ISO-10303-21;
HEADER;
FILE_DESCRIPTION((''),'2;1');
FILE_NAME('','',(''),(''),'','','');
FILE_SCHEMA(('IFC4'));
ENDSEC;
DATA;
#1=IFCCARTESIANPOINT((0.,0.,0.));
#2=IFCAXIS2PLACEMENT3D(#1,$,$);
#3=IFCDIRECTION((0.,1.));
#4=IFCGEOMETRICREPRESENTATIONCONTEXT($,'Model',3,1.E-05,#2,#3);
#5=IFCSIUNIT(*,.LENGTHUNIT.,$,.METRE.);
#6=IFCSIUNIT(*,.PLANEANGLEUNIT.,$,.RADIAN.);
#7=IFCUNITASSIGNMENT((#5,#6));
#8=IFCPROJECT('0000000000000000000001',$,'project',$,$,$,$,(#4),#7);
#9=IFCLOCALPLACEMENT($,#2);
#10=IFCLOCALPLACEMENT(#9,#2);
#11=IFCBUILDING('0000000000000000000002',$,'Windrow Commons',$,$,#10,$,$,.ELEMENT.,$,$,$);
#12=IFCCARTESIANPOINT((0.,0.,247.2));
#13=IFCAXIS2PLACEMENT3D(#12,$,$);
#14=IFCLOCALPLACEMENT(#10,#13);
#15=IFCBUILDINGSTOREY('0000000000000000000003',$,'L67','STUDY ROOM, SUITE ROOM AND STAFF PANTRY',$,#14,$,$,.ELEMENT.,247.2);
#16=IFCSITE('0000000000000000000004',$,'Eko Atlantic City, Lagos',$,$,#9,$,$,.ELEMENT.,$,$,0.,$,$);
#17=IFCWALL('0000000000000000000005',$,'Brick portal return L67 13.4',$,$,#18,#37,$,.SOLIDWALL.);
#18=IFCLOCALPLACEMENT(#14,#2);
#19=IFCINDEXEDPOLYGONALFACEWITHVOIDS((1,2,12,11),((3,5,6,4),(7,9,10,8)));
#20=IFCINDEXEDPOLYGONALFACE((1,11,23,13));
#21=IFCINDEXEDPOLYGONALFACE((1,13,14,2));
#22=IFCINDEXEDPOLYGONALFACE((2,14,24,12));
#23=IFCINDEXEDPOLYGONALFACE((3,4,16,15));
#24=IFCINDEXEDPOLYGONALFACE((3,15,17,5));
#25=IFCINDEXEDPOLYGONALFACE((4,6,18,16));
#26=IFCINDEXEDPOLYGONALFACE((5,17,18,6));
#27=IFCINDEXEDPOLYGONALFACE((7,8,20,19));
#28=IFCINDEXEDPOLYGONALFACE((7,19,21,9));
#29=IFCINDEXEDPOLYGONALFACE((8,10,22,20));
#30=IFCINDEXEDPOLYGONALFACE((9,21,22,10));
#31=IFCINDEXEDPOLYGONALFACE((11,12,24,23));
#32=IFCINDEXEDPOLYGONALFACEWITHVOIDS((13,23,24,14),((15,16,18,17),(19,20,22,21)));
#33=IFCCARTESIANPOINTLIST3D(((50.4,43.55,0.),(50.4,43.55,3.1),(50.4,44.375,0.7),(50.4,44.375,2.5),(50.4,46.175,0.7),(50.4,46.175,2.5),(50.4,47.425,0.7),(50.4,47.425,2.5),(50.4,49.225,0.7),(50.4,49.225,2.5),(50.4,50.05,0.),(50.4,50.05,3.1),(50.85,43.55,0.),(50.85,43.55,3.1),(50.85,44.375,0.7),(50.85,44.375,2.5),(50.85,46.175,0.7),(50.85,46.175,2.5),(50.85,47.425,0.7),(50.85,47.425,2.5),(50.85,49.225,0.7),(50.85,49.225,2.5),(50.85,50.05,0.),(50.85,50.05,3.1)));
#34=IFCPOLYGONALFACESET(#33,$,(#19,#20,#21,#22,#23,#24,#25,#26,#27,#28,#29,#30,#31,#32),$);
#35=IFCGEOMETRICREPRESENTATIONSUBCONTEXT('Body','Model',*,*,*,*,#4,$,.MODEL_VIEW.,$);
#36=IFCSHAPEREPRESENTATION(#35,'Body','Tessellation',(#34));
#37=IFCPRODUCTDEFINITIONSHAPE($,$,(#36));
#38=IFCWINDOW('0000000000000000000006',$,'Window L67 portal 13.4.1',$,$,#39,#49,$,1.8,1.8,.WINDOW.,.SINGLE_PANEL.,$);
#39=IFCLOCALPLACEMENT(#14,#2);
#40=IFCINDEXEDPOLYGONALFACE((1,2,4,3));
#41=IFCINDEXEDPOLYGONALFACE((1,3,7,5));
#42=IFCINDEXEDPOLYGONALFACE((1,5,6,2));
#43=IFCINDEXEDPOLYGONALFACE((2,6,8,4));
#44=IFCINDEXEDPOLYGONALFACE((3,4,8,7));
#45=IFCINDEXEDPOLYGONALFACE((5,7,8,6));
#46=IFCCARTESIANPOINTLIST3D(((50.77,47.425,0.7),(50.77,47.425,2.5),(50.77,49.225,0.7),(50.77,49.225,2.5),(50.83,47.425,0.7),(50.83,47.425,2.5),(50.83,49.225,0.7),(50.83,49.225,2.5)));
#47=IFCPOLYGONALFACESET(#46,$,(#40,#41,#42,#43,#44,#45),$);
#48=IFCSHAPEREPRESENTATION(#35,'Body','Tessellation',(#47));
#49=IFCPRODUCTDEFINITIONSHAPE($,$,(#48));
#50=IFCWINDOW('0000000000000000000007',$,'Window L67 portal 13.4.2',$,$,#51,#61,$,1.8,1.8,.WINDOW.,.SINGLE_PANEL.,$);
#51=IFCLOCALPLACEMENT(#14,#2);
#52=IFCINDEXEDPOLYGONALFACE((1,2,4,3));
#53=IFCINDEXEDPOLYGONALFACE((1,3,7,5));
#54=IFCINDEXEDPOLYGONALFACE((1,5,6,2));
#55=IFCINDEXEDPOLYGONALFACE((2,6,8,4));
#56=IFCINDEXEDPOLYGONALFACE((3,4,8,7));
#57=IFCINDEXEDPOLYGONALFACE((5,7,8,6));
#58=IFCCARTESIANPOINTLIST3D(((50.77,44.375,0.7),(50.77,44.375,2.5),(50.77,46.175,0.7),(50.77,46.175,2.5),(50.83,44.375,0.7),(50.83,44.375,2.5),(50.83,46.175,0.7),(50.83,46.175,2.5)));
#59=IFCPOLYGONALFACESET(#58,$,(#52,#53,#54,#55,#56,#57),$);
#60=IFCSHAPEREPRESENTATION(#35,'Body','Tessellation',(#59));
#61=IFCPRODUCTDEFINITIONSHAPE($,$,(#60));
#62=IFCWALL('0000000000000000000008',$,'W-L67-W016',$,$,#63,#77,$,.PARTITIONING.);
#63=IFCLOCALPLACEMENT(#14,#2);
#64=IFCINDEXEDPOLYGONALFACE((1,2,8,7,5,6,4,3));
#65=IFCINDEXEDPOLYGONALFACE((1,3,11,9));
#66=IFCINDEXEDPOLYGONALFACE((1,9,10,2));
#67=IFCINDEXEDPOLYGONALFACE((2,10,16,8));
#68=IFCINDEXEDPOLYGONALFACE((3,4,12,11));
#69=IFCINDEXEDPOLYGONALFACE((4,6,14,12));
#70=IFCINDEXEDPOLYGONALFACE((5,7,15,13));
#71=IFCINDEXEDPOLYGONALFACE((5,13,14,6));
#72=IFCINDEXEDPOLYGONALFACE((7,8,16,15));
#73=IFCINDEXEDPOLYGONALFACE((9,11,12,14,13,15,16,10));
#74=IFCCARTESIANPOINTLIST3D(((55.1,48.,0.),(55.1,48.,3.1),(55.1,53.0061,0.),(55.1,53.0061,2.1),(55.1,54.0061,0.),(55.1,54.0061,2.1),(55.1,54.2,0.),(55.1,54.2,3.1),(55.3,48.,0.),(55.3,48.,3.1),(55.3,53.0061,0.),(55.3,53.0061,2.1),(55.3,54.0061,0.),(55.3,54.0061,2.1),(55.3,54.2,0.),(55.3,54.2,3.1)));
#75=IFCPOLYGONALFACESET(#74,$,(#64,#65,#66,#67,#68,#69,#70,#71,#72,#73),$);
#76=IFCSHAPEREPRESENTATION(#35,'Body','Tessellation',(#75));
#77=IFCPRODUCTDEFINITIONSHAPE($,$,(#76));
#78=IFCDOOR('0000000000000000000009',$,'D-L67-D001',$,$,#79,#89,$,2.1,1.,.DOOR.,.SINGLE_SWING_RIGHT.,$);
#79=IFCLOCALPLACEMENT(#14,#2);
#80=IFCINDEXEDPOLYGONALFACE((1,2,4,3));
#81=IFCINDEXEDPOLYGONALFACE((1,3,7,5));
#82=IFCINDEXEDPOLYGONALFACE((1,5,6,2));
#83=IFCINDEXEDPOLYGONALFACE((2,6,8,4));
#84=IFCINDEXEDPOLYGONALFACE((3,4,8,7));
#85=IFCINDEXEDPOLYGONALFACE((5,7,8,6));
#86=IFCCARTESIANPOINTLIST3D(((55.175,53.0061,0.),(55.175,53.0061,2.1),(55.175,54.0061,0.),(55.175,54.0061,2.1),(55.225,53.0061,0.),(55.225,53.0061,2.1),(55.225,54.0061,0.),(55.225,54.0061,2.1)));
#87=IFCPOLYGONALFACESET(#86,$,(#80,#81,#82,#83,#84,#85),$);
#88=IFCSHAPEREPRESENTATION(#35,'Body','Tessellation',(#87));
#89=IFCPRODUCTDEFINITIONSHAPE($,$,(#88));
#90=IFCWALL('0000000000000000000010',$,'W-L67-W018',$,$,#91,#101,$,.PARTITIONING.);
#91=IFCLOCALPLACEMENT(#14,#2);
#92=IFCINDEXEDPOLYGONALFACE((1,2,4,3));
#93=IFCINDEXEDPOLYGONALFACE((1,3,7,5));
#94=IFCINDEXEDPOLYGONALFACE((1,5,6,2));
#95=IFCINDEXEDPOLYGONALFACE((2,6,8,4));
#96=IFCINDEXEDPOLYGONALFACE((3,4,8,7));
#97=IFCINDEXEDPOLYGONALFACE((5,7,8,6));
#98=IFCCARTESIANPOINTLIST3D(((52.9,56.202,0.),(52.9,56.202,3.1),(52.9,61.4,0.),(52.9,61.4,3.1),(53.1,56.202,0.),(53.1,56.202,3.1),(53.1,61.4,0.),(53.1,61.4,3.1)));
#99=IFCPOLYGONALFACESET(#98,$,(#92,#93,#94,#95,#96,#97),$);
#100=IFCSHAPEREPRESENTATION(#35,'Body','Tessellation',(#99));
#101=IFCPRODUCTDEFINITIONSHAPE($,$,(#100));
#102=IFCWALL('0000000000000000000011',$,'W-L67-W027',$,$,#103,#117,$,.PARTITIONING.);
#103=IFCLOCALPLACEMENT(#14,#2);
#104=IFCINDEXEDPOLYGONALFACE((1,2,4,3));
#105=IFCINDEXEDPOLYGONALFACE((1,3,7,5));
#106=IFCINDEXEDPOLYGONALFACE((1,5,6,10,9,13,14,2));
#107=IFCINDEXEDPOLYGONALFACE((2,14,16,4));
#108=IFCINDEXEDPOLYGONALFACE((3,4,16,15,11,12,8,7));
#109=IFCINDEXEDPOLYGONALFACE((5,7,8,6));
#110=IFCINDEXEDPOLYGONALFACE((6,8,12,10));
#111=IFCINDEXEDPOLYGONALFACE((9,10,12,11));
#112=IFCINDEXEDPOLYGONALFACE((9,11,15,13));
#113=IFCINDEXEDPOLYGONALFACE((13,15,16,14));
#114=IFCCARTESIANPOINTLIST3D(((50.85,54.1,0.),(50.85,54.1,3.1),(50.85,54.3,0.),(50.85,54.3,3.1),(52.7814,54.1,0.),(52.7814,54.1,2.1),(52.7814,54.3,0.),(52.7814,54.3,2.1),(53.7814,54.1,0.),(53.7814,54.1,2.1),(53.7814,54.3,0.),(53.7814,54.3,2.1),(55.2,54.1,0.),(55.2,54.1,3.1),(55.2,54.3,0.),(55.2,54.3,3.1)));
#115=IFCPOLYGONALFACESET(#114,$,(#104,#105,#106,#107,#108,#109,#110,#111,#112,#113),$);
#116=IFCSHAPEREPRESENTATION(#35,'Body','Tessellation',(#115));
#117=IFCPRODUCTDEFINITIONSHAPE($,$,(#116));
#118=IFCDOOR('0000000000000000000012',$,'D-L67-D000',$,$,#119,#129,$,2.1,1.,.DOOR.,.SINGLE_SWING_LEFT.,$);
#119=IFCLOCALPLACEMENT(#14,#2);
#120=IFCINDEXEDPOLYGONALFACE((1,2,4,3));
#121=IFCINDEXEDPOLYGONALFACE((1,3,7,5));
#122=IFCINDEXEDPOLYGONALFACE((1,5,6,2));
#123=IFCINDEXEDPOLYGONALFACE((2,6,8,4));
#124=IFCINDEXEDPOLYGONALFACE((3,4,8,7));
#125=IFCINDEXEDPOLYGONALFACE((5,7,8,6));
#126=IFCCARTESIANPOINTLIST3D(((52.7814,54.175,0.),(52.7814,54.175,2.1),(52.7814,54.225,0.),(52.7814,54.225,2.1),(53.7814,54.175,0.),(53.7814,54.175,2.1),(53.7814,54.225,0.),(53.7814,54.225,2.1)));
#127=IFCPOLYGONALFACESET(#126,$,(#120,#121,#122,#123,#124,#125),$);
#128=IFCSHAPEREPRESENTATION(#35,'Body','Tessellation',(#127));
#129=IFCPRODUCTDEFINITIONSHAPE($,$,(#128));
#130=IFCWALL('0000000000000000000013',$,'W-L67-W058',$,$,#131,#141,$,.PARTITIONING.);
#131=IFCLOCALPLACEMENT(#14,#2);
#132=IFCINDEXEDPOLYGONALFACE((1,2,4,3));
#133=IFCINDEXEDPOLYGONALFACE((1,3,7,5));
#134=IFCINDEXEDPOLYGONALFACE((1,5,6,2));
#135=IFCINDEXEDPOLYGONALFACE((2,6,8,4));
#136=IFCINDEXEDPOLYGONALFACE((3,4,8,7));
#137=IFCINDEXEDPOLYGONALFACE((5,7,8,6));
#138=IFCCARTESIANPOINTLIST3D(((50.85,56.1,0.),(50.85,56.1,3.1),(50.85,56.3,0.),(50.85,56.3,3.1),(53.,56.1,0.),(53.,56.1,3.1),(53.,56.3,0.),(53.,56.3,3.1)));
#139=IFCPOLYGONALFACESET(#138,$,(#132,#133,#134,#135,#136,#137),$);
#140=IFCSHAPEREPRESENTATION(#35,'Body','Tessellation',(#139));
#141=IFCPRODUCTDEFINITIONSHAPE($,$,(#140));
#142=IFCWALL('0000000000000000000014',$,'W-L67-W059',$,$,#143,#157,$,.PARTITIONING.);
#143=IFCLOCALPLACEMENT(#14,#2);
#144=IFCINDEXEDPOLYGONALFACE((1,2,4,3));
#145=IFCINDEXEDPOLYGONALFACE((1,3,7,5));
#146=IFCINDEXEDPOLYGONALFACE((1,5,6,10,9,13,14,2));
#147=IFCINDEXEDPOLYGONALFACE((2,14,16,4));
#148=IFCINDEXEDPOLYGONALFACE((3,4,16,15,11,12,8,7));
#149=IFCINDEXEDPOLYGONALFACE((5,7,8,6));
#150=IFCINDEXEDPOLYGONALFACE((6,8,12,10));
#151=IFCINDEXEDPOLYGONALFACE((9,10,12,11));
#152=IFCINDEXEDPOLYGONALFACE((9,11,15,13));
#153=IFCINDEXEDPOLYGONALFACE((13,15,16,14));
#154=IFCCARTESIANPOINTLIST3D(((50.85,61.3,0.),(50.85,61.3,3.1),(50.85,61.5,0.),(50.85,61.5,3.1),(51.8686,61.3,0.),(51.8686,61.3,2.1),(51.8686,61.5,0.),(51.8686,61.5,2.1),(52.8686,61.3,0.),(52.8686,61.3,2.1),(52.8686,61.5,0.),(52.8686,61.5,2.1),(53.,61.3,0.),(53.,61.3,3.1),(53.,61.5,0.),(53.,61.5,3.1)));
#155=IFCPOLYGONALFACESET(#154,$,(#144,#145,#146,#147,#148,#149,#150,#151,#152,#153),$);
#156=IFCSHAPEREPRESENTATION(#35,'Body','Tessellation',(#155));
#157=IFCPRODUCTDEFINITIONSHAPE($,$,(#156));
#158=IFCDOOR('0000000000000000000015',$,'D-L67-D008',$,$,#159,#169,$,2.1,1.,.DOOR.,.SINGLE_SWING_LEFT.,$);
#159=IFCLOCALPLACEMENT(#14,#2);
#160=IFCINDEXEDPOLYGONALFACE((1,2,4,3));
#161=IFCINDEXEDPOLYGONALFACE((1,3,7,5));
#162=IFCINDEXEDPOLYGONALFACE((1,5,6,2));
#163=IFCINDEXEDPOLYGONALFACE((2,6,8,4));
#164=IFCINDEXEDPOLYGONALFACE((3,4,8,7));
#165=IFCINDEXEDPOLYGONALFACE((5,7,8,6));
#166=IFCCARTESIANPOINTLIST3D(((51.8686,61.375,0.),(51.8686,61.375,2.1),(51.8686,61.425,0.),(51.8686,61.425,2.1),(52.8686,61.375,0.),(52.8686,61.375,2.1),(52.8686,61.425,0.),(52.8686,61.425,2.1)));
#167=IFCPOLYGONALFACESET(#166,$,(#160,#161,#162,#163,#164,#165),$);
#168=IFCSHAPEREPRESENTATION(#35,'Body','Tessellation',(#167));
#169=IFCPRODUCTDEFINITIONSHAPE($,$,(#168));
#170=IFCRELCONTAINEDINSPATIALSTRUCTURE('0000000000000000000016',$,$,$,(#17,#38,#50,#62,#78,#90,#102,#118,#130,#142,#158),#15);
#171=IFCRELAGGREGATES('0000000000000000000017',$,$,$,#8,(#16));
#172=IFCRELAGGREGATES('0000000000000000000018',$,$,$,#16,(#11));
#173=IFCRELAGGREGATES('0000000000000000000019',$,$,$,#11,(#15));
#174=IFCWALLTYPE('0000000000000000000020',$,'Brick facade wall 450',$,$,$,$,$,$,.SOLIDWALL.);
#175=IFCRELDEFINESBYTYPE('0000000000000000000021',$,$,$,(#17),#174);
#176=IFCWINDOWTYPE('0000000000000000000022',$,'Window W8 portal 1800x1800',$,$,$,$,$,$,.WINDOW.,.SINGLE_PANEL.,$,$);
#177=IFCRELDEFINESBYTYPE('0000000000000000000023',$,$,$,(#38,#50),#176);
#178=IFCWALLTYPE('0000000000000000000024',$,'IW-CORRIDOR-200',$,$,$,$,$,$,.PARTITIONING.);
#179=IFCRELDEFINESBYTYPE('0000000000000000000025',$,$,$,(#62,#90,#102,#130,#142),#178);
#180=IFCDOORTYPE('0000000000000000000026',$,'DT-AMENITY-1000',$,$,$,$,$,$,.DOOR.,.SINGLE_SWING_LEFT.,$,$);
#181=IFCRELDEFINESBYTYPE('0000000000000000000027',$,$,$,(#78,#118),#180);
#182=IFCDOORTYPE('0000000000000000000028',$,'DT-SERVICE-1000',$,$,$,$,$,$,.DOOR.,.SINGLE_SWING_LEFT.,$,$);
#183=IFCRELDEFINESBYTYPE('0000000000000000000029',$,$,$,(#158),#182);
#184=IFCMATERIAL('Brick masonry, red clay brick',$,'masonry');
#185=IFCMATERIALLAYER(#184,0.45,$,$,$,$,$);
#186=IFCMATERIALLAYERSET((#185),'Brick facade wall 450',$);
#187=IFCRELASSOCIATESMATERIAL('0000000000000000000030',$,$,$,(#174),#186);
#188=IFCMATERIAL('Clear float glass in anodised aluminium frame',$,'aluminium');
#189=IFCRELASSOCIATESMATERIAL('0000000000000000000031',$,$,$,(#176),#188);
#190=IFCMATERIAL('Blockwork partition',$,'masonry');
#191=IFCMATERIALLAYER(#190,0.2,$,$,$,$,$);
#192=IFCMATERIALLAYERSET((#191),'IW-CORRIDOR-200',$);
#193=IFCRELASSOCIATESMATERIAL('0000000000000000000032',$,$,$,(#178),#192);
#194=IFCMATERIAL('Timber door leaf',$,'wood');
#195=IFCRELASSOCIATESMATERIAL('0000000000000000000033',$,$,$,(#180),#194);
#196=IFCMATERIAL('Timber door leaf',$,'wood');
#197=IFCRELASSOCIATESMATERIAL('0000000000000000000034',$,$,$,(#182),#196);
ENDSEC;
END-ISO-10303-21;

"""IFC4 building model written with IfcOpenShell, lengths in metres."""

from ifc_helpers import new_model, si_unit, direction, frame, frame_2d, origin, place, context, subcontext, project, spatial, rectangle, extrude, material, layer, layer_set, type_object, element, fill, save


model = new_model("IFC4")

# Units and contexts
model_context = context("Model", 3, precision=1e-05, world=origin(), true_north=direction((0.0, 1.0)))
body_context = subcontext(model_context, "Body", "Model", "MODEL_VIEW")
ifc_project = project(units=[si_unit("LENGTHUNIT", "METRE"), si_unit("PLANEANGLEUNIT", "RADIAN")], contexts=[model_context])

# Site, building, storey
site_placement = place(None, origin())
site = spatial("IfcSite", under=ifc_project, at=site_placement, Name="Eko Atlantic City, Lagos", CompositionType="ELEMENT", RefElevation=0.0)
building_placement = place(site_placement, origin())
building = spatial("IfcBuilding", under=site, at=building_placement, Name="Windrow Commons", CompositionType="ELEMENT")
storey_placement = place(building_placement, frame((0.0, 0.0, 247.2)))
storey = spatial("IfcBuildingStorey", under=building, at=storey_placement, Name="L67", Description="STUDY ROOM, SUITE ROOM AND STAFF PANTRY", CompositionType="ELEMENT", Elevation=247.2)

# Shared definitions
ifc_material_1 = material(Name="Brick masonry, red clay brick", Category="masonry")
ifc_layer_1 = layer(ifc_material_1, 0.45)
ifc_layer_set_1 = layer_set([ifc_layer_1], Name="Brick facade wall 450")
wall_type_1 = type_object("IfcWallType", Name="Brick facade wall 450", PredefinedType="SOLIDWALL", material=ifc_layer_set_1)
ifc_material_2 = material(Name="Clear float glass in anodised aluminium frame", Category="aluminium")
window_type = type_object("IfcWindowType", Name="Window W8 portal 1800x1800", PartitioningType="SINGLE_PANEL", PredefinedType="WINDOW", material=ifc_material_2)

# Wall, openings, windows
wall_1_placement = place(storey_placement, frame((50.625, 50.05, 0.0), z_axis=(0.0, 0.0, 1.0), x_axis=(0.0, -1.0, 0.0)))
wall_1 = element("IfcWall", 1, at=wall_1_placement, inside=storey, type_object=wall_type_1, Name="Brick portal return L67 13.4", PredefinedType="SOLIDWALL", context=body_context, shape_type="SweptSolid", body=[
    extrude(rectangle(XDim=6.5, YDim=0.45, at=frame_2d((3.25, 0.0))), origin(), (0.0, 0.0, 1.0), 3.1),
])
opening_1_placement = place(wall_1_placement, frame((0.825, 0.0, 0.7)))
opening_1 = element("IfcOpeningElement", 2, at=opening_1_placement, cuts=wall_1, PredefinedType="OPENING", context=body_context, shape_type="SweptSolid", body=[
    extrude(rectangle(XDim=1.8, YDim=1.8, at=frame_2d((0.9, 0.9))), frame((0.0, 0.235, 0.0), z_axis=(0.0, -1.0, 0.0), x_axis=(1.0, 0.0, 0.0)), (0.0, 0.0, 1.0), 0.47),
])
opening_2_placement = place(wall_1_placement, frame((3.875, 0.0, 0.7)))
opening_2 = element("IfcOpeningElement", 3, at=opening_2_placement, cuts=wall_1, PredefinedType="OPENING", context=body_context, shape_type="SweptSolid", body=[
    extrude(rectangle(XDim=1.8, YDim=1.8, at=frame_2d((0.9, 0.9))), frame((0.0, 0.235, 0.0), z_axis=(0.0, -1.0, 0.0), x_axis=(1.0, 0.0, 0.0)), (0.0, 0.0, 1.0), 0.47),
])
window_1_placement = place(opening_1_placement, origin())
window_1 = element("IfcWindow", 4, at=window_1_placement, inside=storey, type_object=window_type, Name="Window L67 portal 13.4.1", OverallHeight=1.8, OverallWidth=1.8, PartitioningType="SINGLE_PANEL", PredefinedType="WINDOW", context=body_context, shape_type="SweptSolid", body=[
    extrude(rectangle(XDim=1.8, YDim=1.8, at=frame_2d((0.9, 0.9))), frame((0.0, 0.205, 0.0), z_axis=(0.0, -1.0, 0.0), x_axis=(1.0, 0.0, 0.0)), (0.0, 0.0, 1.0), 0.06),
])
fill(opening_1, window_1)
window_2_placement = place(opening_2_placement, origin())
window_2 = element("IfcWindow", 5, at=window_2_placement, inside=storey, type_object=window_type, Name="Window L67 portal 13.4.2", OverallHeight=1.8, OverallWidth=1.8, PartitioningType="SINGLE_PANEL", PredefinedType="WINDOW", context=body_context, shape_type="SweptSolid", body=[
    extrude(rectangle(XDim=1.8, YDim=1.8, at=frame_2d((0.9, 0.9))), frame((0.0, 0.205, 0.0), z_axis=(0.0, -1.0, 0.0), x_axis=(1.0, 0.0, 0.0)), (0.0, 0.0, 1.0), 0.06),
])
fill(opening_2, window_2)

# Wall, opening, door
ifc_material_3 = material(Name="Blockwork partition", Category="masonry")
ifc_layer_2 = layer(ifc_material_3, 0.2)
ifc_layer_set_2 = layer_set([ifc_layer_2], Name="IW-CORRIDOR-200")
wall_type_2 = type_object("IfcWallType", Name="IW-CORRIDOR-200", PredefinedType="PARTITIONING", material=ifc_layer_set_2)
wall_2_placement = place(storey_placement, frame((55.2, 48.0, 0.0), z_axis=(0.0, 0.0, 1.0), x_axis=(0.0, 1.0, 0.0)))
wall_2 = element("IfcWall", 6, at=wall_2_placement, inside=storey, type_object=wall_type_2, Name="W-L67-W016", PredefinedType="PARTITIONING", context=body_context, shape_type="SweptSolid", body=[
    extrude(rectangle(XDim=6.2, YDim=0.2, at=frame_2d((3.1, 0.0))), origin(), (0.0, 0.0, 1.0), 3.1),
])
opening_3_placement = place(wall_2_placement, frame((5.0061, 0.0, 0.0)))
opening_3 = element("IfcOpeningElement", 7, at=opening_3_placement, cuts=wall_2, PredefinedType="OPENING", context=body_context, shape_type="SweptSolid", body=[
    extrude(rectangle(XDim=1.0, YDim=2.1, at=frame_2d((0.5, 1.05))), frame((0.0, 0.11, 0.0), z_axis=(0.0, -1.0, 0.0), x_axis=(1.0, 0.0, 0.0)), (0.0, 0.0, 1.0), 0.22),
])
ifc_material_4 = material(Name="Timber door leaf", Category="wood")
door_type_1 = type_object("IfcDoorType", Name="DT-AMENITY-1000", OperationType="SINGLE_SWING_LEFT", PredefinedType="DOOR", material=ifc_material_4)
door_1_placement = place(opening_3_placement, origin())
door_1 = element("IfcDoor", 8, at=door_1_placement, inside=storey, type_object=door_type_1, Name="D-L67-D001", OperationType="SINGLE_SWING_RIGHT", OverallHeight=2.1, OverallWidth=1.0, PredefinedType="DOOR", context=body_context, shape_type="SweptSolid", body=[
    extrude(rectangle(XDim=1.0, YDim=2.1, at=frame_2d((0.5, 1.05))), frame((0.0, 0.025, 0.0), z_axis=(0.0, -1.0, 0.0), x_axis=(1.0, 0.0, 0.0)), (0.0, 0.0, 1.0), 0.05),
])
fill(opening_3, door_1)

# Wall
wall_3_placement = place(storey_placement, frame((53.0, 56.202, 0.0), z_axis=(0.0, 0.0, 1.0), x_axis=(0.0, 1.0, 0.0)))
element("IfcWall", 9, at=wall_3_placement, inside=storey, type_object=wall_type_2, Name="W-L67-W018", PredefinedType="PARTITIONING", context=body_context, shape_type="SweptSolid", body=[
    extrude(rectangle(XDim=5.198, YDim=0.2, at=frame_2d((2.599, 0.0))), origin(), (0.0, 0.0, 1.0), 3.1),
])

# Wall, opening, door
wall_4_placement = place(storey_placement, frame((50.85, 54.2, 0.0), z_axis=(0.0, 0.0, 1.0), x_axis=(1.0, 0.0, 0.0)))
wall_4 = element("IfcWall", 10, at=wall_4_placement, inside=storey, type_object=wall_type_2, Name="W-L67-W027", PredefinedType="PARTITIONING", context=body_context, shape_type="SweptSolid", body=[
    extrude(rectangle(XDim=4.35, YDim=0.2, at=frame_2d((2.175, 0.0))), origin(), (0.0, 0.0, 1.0), 3.1),
])
opening_4_placement = place(wall_4_placement, frame((1.9314, 0.0, 0.0)))
opening_4 = element("IfcOpeningElement", 11, at=opening_4_placement, cuts=wall_4, PredefinedType="OPENING", context=body_context, shape_type="SweptSolid", body=[
    extrude(rectangle(XDim=1.0, YDim=2.1, at=frame_2d((0.5, 1.05))), frame((0.0, 0.11, 0.0), z_axis=(0.0, -1.0, 0.0), x_axis=(1.0, 0.0, 0.0)), (0.0, 0.0, 1.0), 0.22),
])
door_2_placement = place(opening_4_placement, origin())
door_2 = element("IfcDoor", 12, at=door_2_placement, inside=storey, type_object=door_type_1, Name="D-L67-D000", OperationType="SINGLE_SWING_LEFT", OverallHeight=2.1, OverallWidth=1.0, PredefinedType="DOOR", context=body_context, shape_type="SweptSolid", body=[
    extrude(rectangle(XDim=1.0, YDim=2.1, at=frame_2d((0.5, 1.05))), frame((0.0, 0.025, 0.0), z_axis=(0.0, -1.0, 0.0), x_axis=(1.0, 0.0, 0.0)), (0.0, 0.0, 1.0), 0.05),
])
fill(opening_4, door_2)

# Wall
wall_5_placement = place(storey_placement, frame((50.85, 56.2, 0.0), z_axis=(0.0, 0.0, 1.0), x_axis=(1.0, 0.0, 0.0)))
element("IfcWall", 13, at=wall_5_placement, inside=storey, type_object=wall_type_2, Name="W-L67-W058", PredefinedType="PARTITIONING", context=body_context, shape_type="SweptSolid", body=[
    extrude(rectangle(XDim=2.15, YDim=0.2, at=frame_2d((1.075, 0.0))), origin(), (0.0, 0.0, 1.0), 3.1),
])

# Wall, opening, door
wall_6_placement = place(storey_placement, frame((50.85, 61.4, 0.0), z_axis=(0.0, 0.0, 1.0), x_axis=(1.0, 0.0, 0.0)))
wall_6 = element("IfcWall", 14, at=wall_6_placement, inside=storey, type_object=wall_type_2, Name="W-L67-W059", PredefinedType="PARTITIONING", context=body_context, shape_type="SweptSolid", body=[
    extrude(rectangle(XDim=2.15, YDim=0.2, at=frame_2d((1.075, 0.0))), origin(), (0.0, 0.0, 1.0), 3.1),
])
opening_5_placement = place(wall_6_placement, frame((1.0186, 0.0, 0.0)))
opening_5 = element("IfcOpeningElement", 15, at=opening_5_placement, cuts=wall_6, PredefinedType="OPENING", context=body_context, shape_type="SweptSolid", body=[
    extrude(rectangle(XDim=1.0, YDim=2.1, at=frame_2d((0.5, 1.05))), frame((0.0, 0.11, 0.0), z_axis=(0.0, -1.0, 0.0), x_axis=(1.0, 0.0, 0.0)), (0.0, 0.0, 1.0), 0.22),
])
ifc_material_5 = material(Name="Timber door leaf", Category="wood")
door_type_2 = type_object("IfcDoorType", Name="DT-SERVICE-1000", OperationType="SINGLE_SWING_LEFT", PredefinedType="DOOR", material=ifc_material_5)
door_3_placement = place(opening_5_placement, origin())
door_3 = element("IfcDoor", 16, at=door_3_placement, inside=storey, type_object=door_type_2, Name="D-L67-D008", OperationType="SINGLE_SWING_LEFT", OverallHeight=2.1, OverallWidth=1.0, PredefinedType="DOOR", context=body_context, shape_type="SweptSolid", body=[
    extrude(rectangle(XDim=1.0, YDim=2.1, at=frame_2d((0.5, 1.05))), frame((0.0, 0.025, 0.0), z_axis=(0.0, -1.0, 0.0), x_axis=(1.0, 0.0, 0.0)), (0.0, 0.0, 1.0), 0.05),
])
fill(opening_5, door_3)

save(model, "model.ifc")
